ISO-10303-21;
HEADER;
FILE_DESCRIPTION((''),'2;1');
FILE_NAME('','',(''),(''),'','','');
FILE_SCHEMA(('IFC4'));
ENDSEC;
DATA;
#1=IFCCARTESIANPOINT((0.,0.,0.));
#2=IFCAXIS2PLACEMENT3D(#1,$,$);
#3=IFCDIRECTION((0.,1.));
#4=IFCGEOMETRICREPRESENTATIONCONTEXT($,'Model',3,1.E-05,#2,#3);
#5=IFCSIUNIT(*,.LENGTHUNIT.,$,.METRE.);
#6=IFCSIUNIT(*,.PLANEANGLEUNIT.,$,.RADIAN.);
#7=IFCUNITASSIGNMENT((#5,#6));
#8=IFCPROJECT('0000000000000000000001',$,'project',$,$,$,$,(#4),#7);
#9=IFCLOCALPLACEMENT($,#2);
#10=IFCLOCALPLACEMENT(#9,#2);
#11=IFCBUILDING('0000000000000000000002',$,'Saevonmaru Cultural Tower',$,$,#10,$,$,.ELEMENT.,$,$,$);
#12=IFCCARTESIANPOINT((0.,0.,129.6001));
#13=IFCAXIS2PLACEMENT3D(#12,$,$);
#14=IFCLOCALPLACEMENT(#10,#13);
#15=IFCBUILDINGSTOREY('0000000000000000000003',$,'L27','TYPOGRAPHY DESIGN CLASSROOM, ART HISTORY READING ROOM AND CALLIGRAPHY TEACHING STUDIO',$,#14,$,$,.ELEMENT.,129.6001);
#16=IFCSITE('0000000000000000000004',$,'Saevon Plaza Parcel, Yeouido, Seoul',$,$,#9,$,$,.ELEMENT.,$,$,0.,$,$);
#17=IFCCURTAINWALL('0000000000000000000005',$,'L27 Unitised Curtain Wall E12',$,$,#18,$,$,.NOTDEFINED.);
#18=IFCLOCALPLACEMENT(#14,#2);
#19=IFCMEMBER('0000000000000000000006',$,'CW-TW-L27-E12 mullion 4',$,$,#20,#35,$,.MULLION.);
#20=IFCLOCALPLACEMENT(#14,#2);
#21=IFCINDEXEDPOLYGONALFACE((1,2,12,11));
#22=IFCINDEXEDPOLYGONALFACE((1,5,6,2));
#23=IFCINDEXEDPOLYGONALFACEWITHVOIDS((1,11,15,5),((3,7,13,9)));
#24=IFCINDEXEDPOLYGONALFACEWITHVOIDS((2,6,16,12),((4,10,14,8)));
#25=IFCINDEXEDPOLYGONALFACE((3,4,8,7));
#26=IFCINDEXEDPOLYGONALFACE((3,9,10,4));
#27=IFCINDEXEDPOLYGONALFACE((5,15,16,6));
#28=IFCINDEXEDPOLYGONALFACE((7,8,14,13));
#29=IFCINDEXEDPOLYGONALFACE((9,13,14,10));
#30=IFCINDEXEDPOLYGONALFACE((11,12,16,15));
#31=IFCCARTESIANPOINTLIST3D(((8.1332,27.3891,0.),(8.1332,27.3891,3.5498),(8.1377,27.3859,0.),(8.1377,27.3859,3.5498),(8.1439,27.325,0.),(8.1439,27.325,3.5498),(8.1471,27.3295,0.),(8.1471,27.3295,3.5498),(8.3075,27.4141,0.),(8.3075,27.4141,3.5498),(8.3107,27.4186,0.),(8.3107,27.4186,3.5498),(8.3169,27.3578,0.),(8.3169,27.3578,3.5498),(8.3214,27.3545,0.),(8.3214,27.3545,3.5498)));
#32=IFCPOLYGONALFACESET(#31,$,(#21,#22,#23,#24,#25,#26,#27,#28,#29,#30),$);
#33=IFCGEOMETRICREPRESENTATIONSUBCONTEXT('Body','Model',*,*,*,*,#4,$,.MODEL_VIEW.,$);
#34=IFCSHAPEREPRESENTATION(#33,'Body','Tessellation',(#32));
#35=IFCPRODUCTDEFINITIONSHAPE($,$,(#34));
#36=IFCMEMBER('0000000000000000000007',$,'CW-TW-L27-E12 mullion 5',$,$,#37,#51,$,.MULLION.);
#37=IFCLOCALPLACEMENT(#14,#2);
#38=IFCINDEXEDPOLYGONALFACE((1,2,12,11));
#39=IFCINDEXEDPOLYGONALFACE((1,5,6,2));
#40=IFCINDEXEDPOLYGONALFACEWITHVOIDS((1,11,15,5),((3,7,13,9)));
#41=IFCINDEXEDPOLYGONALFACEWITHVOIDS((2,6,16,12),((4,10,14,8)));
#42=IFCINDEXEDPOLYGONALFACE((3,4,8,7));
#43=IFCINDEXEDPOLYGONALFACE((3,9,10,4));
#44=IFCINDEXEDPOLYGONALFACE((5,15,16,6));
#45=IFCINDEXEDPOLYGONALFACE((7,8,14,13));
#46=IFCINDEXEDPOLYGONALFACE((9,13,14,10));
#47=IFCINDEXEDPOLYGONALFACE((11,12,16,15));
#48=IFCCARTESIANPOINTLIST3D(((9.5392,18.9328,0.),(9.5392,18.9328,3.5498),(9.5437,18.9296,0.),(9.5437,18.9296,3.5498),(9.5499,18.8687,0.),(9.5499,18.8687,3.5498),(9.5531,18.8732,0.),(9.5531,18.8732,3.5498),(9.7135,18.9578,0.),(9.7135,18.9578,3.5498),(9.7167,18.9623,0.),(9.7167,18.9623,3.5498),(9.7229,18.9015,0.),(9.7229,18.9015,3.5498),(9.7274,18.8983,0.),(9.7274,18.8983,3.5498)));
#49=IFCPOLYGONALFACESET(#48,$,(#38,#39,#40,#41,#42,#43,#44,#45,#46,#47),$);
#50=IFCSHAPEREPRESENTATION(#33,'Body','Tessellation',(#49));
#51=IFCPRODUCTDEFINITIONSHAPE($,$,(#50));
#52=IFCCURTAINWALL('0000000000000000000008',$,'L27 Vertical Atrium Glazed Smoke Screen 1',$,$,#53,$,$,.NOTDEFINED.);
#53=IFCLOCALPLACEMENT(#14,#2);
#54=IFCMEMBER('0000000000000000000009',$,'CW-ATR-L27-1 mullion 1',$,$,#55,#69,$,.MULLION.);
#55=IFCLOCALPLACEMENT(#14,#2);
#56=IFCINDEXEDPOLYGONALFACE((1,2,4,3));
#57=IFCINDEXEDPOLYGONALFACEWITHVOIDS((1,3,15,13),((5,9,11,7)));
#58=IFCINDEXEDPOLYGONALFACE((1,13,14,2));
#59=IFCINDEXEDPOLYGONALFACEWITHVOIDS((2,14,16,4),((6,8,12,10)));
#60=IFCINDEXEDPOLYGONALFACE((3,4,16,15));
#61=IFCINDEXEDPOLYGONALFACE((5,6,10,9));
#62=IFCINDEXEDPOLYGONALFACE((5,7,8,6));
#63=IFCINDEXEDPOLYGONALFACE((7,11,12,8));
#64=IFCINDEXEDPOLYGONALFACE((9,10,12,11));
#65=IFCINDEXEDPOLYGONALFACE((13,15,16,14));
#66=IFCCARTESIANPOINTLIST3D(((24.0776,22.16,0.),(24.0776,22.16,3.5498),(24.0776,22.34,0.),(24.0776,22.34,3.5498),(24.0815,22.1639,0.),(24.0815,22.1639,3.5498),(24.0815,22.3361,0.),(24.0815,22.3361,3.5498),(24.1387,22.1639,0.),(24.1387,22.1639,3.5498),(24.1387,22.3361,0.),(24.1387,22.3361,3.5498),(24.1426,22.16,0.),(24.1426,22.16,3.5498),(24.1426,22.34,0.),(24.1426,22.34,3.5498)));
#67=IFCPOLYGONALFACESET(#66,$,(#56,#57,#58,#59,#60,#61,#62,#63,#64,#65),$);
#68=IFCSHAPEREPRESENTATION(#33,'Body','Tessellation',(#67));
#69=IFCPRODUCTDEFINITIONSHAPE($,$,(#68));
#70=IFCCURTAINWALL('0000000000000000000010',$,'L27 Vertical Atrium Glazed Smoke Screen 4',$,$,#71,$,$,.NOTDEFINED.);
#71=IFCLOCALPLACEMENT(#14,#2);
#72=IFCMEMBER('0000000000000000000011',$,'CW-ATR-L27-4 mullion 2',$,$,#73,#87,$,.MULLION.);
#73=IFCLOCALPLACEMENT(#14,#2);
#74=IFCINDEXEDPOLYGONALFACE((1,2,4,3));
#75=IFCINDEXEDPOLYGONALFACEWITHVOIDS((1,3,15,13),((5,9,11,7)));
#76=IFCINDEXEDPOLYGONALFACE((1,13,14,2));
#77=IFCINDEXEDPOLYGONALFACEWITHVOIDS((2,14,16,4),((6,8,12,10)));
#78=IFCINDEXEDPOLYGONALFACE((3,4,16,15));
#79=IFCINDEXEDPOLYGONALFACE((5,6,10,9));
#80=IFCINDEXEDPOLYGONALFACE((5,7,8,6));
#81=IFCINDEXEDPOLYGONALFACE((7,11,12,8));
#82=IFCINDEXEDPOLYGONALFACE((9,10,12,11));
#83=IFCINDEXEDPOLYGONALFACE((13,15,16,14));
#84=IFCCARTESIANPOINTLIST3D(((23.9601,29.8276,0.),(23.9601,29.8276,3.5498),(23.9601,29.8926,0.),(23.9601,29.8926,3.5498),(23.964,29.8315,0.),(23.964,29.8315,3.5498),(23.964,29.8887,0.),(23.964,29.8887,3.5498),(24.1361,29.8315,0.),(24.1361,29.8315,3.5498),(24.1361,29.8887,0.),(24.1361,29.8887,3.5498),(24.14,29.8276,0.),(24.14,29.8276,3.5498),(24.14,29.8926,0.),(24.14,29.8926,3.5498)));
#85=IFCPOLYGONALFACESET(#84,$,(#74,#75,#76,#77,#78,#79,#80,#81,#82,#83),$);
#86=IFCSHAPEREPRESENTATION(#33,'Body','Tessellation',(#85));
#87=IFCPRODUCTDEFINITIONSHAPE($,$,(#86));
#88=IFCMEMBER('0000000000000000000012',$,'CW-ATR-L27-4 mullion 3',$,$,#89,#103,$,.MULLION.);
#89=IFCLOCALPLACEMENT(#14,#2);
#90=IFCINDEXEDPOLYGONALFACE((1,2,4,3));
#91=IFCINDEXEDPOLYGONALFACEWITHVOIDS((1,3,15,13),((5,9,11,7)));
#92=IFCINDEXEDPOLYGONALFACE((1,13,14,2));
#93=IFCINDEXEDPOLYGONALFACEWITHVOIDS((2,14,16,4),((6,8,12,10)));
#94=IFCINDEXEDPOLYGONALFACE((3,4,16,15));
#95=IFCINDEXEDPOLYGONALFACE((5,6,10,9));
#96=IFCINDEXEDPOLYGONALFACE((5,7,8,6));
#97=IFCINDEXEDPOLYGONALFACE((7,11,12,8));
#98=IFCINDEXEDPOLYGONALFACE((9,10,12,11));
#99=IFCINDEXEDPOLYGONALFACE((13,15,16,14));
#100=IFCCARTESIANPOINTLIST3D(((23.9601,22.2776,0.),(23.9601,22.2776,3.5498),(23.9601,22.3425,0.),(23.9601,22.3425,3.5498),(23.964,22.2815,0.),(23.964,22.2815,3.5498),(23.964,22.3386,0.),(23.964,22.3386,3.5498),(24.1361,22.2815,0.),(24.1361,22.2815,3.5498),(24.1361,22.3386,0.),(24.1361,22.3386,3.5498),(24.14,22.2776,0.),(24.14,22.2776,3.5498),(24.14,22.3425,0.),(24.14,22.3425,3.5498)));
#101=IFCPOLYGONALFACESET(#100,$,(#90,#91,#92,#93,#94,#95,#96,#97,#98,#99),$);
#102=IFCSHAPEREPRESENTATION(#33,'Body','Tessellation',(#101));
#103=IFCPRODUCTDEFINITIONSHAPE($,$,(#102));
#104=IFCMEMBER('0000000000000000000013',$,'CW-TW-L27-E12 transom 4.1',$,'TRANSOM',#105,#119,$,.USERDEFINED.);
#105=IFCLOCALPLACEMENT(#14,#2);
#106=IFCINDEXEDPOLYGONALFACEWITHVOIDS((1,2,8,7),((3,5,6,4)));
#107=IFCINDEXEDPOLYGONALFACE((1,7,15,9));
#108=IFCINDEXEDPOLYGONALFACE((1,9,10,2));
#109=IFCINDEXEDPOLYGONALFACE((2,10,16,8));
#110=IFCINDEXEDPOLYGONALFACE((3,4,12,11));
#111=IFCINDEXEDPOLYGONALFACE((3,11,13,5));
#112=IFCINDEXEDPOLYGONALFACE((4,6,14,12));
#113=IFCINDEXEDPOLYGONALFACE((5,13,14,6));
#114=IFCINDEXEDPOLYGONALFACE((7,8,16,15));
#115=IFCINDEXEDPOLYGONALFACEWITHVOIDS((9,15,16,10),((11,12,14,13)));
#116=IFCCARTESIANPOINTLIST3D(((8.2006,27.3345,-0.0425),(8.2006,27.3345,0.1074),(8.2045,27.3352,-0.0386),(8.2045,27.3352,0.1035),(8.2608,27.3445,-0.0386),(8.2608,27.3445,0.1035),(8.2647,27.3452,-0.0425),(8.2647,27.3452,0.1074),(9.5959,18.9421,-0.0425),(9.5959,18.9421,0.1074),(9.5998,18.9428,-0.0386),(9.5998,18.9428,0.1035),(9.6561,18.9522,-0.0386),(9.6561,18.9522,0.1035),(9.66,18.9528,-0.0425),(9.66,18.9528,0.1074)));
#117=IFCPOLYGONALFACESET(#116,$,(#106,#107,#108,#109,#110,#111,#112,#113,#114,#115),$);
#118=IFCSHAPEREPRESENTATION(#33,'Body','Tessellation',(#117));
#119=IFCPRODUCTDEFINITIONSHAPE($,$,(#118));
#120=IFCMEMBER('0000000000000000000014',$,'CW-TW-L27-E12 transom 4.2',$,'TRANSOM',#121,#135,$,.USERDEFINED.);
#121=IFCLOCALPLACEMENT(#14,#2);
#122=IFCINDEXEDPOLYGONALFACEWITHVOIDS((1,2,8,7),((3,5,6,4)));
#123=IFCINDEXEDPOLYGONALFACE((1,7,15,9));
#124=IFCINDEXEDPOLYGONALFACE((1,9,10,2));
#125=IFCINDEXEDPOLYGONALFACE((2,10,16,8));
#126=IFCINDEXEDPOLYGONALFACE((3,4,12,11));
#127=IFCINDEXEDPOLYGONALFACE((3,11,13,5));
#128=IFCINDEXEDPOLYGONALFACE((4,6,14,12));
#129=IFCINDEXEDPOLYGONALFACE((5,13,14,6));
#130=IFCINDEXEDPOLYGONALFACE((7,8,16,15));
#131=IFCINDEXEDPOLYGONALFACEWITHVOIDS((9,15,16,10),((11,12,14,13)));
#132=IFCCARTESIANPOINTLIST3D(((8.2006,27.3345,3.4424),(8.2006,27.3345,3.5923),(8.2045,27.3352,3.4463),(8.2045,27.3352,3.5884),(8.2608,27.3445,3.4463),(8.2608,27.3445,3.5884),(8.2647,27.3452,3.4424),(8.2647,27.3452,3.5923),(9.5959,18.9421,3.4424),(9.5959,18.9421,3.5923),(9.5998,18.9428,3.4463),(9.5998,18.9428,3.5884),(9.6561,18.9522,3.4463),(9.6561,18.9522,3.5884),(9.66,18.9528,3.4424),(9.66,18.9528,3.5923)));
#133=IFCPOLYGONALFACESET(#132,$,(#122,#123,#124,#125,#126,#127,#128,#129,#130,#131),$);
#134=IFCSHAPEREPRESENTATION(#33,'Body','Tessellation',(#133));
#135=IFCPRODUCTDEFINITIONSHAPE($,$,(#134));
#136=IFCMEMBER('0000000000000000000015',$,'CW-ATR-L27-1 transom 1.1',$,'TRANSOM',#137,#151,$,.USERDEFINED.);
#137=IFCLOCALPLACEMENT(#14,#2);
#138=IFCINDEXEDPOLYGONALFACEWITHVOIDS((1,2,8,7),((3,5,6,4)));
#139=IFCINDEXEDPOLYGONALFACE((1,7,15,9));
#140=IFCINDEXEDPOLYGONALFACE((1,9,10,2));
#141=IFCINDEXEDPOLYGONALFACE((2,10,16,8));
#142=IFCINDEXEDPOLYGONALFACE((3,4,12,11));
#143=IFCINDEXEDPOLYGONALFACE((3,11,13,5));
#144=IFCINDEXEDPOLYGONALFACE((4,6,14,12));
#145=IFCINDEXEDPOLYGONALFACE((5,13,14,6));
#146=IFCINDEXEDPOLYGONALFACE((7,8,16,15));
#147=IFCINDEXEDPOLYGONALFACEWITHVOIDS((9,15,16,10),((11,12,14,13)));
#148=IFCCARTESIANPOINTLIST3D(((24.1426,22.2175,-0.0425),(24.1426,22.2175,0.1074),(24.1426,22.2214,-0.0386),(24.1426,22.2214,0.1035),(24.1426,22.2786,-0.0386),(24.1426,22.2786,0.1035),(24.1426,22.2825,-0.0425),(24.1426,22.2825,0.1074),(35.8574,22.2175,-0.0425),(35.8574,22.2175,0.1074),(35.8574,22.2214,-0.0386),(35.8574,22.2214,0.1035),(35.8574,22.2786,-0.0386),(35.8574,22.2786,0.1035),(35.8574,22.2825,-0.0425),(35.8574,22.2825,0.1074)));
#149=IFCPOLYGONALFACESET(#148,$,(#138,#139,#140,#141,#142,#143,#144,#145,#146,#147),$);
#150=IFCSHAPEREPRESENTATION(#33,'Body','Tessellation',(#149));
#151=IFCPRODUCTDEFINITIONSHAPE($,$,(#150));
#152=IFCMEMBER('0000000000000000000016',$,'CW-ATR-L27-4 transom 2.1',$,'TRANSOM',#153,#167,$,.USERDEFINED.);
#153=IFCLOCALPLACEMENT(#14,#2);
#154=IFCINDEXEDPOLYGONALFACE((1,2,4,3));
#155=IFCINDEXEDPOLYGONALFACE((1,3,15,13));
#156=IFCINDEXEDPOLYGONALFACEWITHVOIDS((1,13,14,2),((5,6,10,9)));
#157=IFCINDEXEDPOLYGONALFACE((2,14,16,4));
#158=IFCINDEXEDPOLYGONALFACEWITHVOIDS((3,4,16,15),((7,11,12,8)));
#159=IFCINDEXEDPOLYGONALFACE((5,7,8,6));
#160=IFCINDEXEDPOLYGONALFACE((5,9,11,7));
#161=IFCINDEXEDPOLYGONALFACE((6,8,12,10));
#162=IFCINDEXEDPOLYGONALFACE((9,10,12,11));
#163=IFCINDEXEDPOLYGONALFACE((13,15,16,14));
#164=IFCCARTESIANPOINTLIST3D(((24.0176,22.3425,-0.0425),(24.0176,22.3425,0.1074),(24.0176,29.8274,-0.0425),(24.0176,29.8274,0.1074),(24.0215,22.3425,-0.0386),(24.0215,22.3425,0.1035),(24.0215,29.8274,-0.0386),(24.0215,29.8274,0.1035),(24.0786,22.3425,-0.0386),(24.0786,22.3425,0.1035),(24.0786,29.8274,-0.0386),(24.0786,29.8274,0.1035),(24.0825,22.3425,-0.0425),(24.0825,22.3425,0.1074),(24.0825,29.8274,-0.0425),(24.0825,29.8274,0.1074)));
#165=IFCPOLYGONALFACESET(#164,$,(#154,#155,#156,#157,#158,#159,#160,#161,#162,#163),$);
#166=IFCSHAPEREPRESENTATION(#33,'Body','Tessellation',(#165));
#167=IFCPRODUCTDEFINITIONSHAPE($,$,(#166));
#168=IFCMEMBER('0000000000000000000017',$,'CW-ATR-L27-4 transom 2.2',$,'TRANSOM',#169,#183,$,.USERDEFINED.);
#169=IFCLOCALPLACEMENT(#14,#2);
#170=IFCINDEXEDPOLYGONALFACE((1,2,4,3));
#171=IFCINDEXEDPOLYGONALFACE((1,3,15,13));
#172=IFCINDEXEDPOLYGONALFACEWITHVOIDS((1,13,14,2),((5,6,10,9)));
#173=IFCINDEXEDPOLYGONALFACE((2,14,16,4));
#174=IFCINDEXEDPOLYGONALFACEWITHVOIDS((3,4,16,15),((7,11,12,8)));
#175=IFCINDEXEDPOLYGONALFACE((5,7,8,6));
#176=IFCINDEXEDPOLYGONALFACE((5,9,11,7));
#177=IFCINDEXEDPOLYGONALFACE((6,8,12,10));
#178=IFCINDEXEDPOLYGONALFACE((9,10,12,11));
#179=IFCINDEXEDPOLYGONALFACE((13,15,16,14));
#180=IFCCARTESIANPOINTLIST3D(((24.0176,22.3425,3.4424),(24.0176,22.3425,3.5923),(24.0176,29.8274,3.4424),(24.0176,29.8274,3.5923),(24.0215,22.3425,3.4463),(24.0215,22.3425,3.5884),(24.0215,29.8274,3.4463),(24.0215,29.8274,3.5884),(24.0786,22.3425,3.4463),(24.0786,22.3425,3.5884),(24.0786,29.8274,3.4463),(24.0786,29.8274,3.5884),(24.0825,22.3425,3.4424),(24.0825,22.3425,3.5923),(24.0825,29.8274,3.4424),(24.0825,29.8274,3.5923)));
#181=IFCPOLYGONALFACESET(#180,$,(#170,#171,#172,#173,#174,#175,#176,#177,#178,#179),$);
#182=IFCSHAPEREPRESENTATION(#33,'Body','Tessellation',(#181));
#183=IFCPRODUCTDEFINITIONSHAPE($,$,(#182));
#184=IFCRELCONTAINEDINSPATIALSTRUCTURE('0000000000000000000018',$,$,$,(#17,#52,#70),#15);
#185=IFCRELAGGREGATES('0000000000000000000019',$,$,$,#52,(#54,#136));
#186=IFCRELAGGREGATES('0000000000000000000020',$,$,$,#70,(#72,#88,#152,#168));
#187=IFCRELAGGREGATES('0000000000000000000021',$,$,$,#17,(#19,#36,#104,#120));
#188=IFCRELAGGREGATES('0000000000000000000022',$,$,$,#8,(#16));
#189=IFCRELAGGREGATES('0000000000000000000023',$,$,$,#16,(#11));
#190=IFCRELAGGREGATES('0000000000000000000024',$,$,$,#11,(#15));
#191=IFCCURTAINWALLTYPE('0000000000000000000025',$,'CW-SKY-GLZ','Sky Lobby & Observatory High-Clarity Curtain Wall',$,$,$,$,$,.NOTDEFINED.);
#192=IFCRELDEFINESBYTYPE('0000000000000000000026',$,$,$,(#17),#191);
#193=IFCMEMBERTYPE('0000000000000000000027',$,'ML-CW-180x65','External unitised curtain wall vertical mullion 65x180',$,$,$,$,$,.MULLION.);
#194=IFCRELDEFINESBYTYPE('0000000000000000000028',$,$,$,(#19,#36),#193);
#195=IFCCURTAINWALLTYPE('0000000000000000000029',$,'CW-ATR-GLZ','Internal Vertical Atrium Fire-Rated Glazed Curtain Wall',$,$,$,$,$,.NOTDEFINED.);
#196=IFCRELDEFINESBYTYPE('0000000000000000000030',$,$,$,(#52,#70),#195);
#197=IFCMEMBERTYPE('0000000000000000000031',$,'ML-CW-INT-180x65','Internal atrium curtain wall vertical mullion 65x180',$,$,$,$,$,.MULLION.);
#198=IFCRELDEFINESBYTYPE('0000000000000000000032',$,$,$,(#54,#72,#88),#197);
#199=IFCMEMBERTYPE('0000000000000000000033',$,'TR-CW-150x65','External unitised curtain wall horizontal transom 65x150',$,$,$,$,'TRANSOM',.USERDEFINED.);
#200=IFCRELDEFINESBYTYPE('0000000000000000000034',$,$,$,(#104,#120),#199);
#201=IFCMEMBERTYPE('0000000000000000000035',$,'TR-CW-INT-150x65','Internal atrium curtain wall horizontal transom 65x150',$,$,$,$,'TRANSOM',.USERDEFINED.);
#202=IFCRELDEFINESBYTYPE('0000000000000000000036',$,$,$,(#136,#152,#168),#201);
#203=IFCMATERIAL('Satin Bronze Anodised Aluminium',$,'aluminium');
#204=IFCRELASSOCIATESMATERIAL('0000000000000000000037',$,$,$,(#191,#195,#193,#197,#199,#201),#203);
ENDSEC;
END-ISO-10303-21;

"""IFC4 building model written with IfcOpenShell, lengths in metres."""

from ifc_helpers import new_model, si_unit, direction, frame, origin, origin_2d, place, context, subcontext, project, spatial, hollow_rectangle, extrude, material, material_profile, profile_set, type_object, element, aggregate, save


model = new_model("IFC4")

# Units and contexts
model_context = context("Model", 3, precision=1e-05, world=origin(), true_north=direction((0.0, 1.0)))
body_context = subcontext(model_context, "Body", "Model", "MODEL_VIEW")
ifc_project = project(units=[si_unit("LENGTHUNIT", "METRE"), si_unit("PLANEANGLEUNIT", "RADIAN")], contexts=[model_context])

# Site, building, storey
site_placement = place(None, origin())
site = spatial("IfcSite", under=ifc_project, at=site_placement, Name="Saevon Plaza Parcel, Yeouido, Seoul", CompositionType="ELEMENT", RefElevation=0.0)
building_placement = place(site_placement, origin())
building = spatial("IfcBuilding", under=site, at=building_placement, Name="Saevonmaru Cultural Tower", CompositionType="ELEMENT")
storey_placement = place(building_placement, frame((0.0, 0.0, 129.6001)))
storey = spatial("IfcBuildingStorey", under=building, at=storey_placement, Name="L27", Description="TYPOGRAPHY DESIGN CLASSROOM, ART HISTORY READING ROOM AND CALLIGRAPHY TEACHING STUDIO", CompositionType="ELEMENT", Elevation=129.6001)

# Curtain wall, members
ifc_material_1 = material(Name="Satin Bronze Anodised Aluminium", Category="aluminium")
curtain_wall_type_1 = type_object("IfcCurtainWallType", Name="CW-SKY-GLZ", Description="Sky Lobby & Observatory High-Clarity Curtain Wall", PredefinedType="NOTDEFINED", material=ifc_material_1)
curtain_wall_1_placement = place(storey_placement, origin())
curtain_wall_1 = element("IfcCurtainWall", 1, at=curtain_wall_1_placement, inside=storey, type_object=curtain_wall_type_1, Name="L27 Unitised Curtain Wall E12", PredefinedType="NOTDEFINED")
ifc_material_profile_1 = material_profile(ifc_material_1, hollow_rectangle(XDim=0.0649, YDim=0.1799, WallThickness=0.0039, at=origin_2d()), Name="ALU-MULL-180x65x4")
ifc_profile_set_1 = profile_set([ifc_material_profile_1], Name="Satin Bronze Anodised Aluminium")
member_type_1 = type_object("IfcMemberType", Name="ML-CW-180x65", Description="External unitised curtain wall vertical mullion 65x180", PredefinedType="MULLION", material=ifc_profile_set_1)
member_1_placement = place(storey_placement, frame((8.2273, 27.3718, 0.0), z_axis=(0.0, 0.0, 1.0), x_axis=(0.163999, -0.986461, 0.0)))
member_1 = element("IfcMember", 2, at=member_1_placement, type_object=member_type_1, Name="CW-TW-L27-E12 mullion 4", PredefinedType="MULLION", context=body_context, shape_type="SweptSolid", body=[
    extrude(hollow_rectangle(XDim=0.0649, YDim=0.1799, WallThickness=0.0039, at=origin_2d()), origin(), (0.0, 0.0, 1.0), 3.5498),
])
member_2_placement = place(storey_placement, frame((9.6333, 18.9155, 0.0), z_axis=(0.0, 0.0, 1.0), x_axis=(0.163999, -0.986461, 0.0)))
member_2 = element("IfcMember", 3, at=member_2_placement, type_object=member_type_1, Name="CW-TW-L27-E12 mullion 5", PredefinedType="MULLION", context=body_context, shape_type="SweptSolid", body=[
    extrude(hollow_rectangle(XDim=0.0649, YDim=0.1799, WallThickness=0.0039, at=origin_2d()), origin(), (0.0, 0.0, 1.0), 3.5498),
])

# Curtain wall, member
curtain_wall_type_2 = type_object("IfcCurtainWallType", Name="CW-ATR-GLZ", Description="Internal Vertical Atrium Fire-Rated Glazed Curtain Wall", PredefinedType="NOTDEFINED", material=ifc_material_1)
curtain_wall_2_placement = place(storey_placement, origin())
curtain_wall_2 = element("IfcCurtainWall", 4, at=curtain_wall_2_placement, inside=storey, type_object=curtain_wall_type_2, Name="L27 Vertical Atrium Glazed Smoke Screen 1", PredefinedType="NOTDEFINED")
ifc_material_profile_2 = material_profile(ifc_material_1, hollow_rectangle(XDim=0.0649, YDim=0.1799, WallThickness=0.0039, at=origin_2d()), Name="ALU-MULL-180x65x4")
ifc_profile_set_2 = profile_set([ifc_material_profile_2], Name="Satin Bronze Anodised Aluminium")
member_type_2 = type_object("IfcMemberType", Name="ML-CW-INT-180x65", Description="Internal atrium curtain wall vertical mullion 65x180", PredefinedType="MULLION", material=ifc_profile_set_2)
member_3_placement = place(storey_placement, frame((24.1101, 22.25, 0.0), z_axis=(0.0, 0.0, 1.0), x_axis=(1.0, 0.0, 0.0)))
member_3 = element("IfcMember", 5, at=member_3_placement, type_object=member_type_2, Name="CW-ATR-L27-1 mullion 1", PredefinedType="MULLION", context=body_context, shape_type="SweptSolid", body=[
    extrude(hollow_rectangle(XDim=0.0649, YDim=0.1799, WallThickness=0.0039, at=origin_2d()), origin(), (0.0, 0.0, 1.0), 3.5498),
])

# Curtain wall, members
curtain_wall_3_placement = place(storey_placement, origin())
curtain_wall_3 = element("IfcCurtainWall", 6, at=curtain_wall_3_placement, inside=storey, type_object=curtain_wall_type_2, Name="L27 Vertical Atrium Glazed Smoke Screen 4", PredefinedType="NOTDEFINED")
member_4_placement = place(storey_placement, frame((24.05, 29.8601, 0.0), z_axis=(0.0, 0.0, 1.0), x_axis=(0.0, -1.0, 0.0)))
member_4 = element("IfcMember", 7, at=member_4_placement, type_object=member_type_2, Name="CW-ATR-L27-4 mullion 2", PredefinedType="MULLION", context=body_context, shape_type="SweptSolid", body=[
    extrude(hollow_rectangle(XDim=0.0649, YDim=0.1799, WallThickness=0.0039, at=origin_2d()), origin(), (0.0, 0.0, 1.0), 3.5498),
])
member_5_placement = place(storey_placement, frame((24.05, 22.3101, 0.0), z_axis=(0.0, 0.0, 1.0), x_axis=(0.0, -1.0, 0.0)))
member_5 = element("IfcMember", 8, at=member_5_placement, type_object=member_type_2, Name="CW-ATR-L27-4 mullion 3", PredefinedType="MULLION", context=body_context, shape_type="SweptSolid", body=[
    extrude(hollow_rectangle(XDim=0.0649, YDim=0.1799, WallThickness=0.0039, at=origin_2d()), origin(), (0.0, 0.0, 1.0), 3.5498),
])

# Members
ifc_material_profile_3 = material_profile(ifc_material_1, hollow_rectangle(XDim=0.0649, YDim=0.1499, WallThickness=0.0039, at=origin_2d()), Name="ALU-TRAN-150x65x4")
ifc_profile_set_3 = profile_set([ifc_material_profile_3], Name="Satin Bronze Anodised Aluminium")
member_type_3 = type_object("IfcMemberType", Name="TR-CW-150x65", Description="External unitised curtain wall horizontal transom 65x150", ElementType="TRANSOM", PredefinedType="USERDEFINED", material=ifc_profile_set_3)
member_6_placement = place(storey_placement, frame((8.2327, 27.3398, 0.0325), z_axis=(0.164003, -0.98646, 0.0), x_axis=(0.98646, 0.164003, 0.0)))
member_6 = element("IfcMember", 9, at=member_6_placement, type_object=member_type_3, Name="CW-TW-L27-E12 transom 4.1", ObjectType="TRANSOM", PredefinedType="USERDEFINED", context=body_context, shape_type="SweptSolid", body=[
    extrude(hollow_rectangle(XDim=0.0649, YDim=0.1499, WallThickness=0.0039, at=origin_2d()), origin(), (0.0, 0.0, 1.0), 8.5076),
])
member_7_placement = place(storey_placement, frame((8.2327, 27.3398, 3.5173), z_axis=(0.164003, -0.98646, 0.0), x_axis=(0.98646, 0.164003, 0.0)))
member_7 = element("IfcMember", 10, at=member_7_placement, type_object=member_type_3, Name="CW-TW-L27-E12 transom 4.2", ObjectType="TRANSOM", PredefinedType="USERDEFINED", context=body_context, shape_type="SweptSolid", body=[
    extrude(hollow_rectangle(XDim=0.0649, YDim=0.1499, WallThickness=0.0039, at=origin_2d()), origin(), (0.0, 0.0, 1.0), 8.5076),
])
ifc_material_profile_4 = material_profile(ifc_material_1, hollow_rectangle(XDim=0.0649, YDim=0.1499, WallThickness=0.0039, at=origin_2d()), Name="ALU-TRAN-150x65x4")
ifc_profile_set_4 = profile_set([ifc_material_profile_4], Name="Satin Bronze Anodised Aluminium")
member_type_4 = type_object("IfcMemberType", Name="TR-CW-INT-150x65", Description="Internal atrium curtain wall horizontal transom 65x150", ElementType="TRANSOM", PredefinedType="USERDEFINED", material=ifc_profile_set_4)
member_8_placement = place(storey_placement, frame((24.1426, 22.25, 0.0325), z_axis=(1.0, 0.0, 0.0), x_axis=(0.0, 1.0, 0.0)))
member_8 = element("IfcMember", 11, at=member_8_placement, type_object=member_type_4, Name="CW-ATR-L27-1 transom 1.1", ObjectType="TRANSOM", PredefinedType="USERDEFINED", context=body_context, shape_type="SweptSolid", body=[
    extrude(hollow_rectangle(XDim=0.0649, YDim=0.1499, WallThickness=0.0039, at=origin_2d()), origin(), (0.0, 0.0, 1.0), 11.7148),
])
aggregate(curtain_wall_2, [member_3, member_8])
member_9_placement = place(storey_placement, frame((24.05, 29.8274, 0.0325), z_axis=(0.0, -1.0, 0.0), x_axis=(1.0, 0.0, 0.0)))
member_9 = element("IfcMember", 12, at=member_9_placement, type_object=member_type_4, Name="CW-ATR-L27-4 transom 2.1", ObjectType="TRANSOM", PredefinedType="USERDEFINED", context=body_context, shape_type="SweptSolid", body=[
    extrude(hollow_rectangle(XDim=0.0649, YDim=0.1499, WallThickness=0.0039, at=origin_2d()), origin(), (0.0, 0.0, 1.0), 7.4849),
])
member_10_placement = place(storey_placement, frame((24.05, 29.8274, 3.5173), z_axis=(0.0, -1.0, 0.0), x_axis=(1.0, 0.0, 0.0)))
member_10 = element("IfcMember", 13, at=member_10_placement, type_object=member_type_4, Name="CW-ATR-L27-4 transom 2.2", ObjectType="TRANSOM", PredefinedType="USERDEFINED", context=body_context, shape_type="SweptSolid", body=[
    extrude(hollow_rectangle(XDim=0.0649, YDim=0.1499, WallThickness=0.0039, at=origin_2d()), origin(), (0.0, 0.0, 1.0), 7.4849),
])

aggregate(curtain_wall_3, [member_4, member_5, member_9, member_10])
aggregate(curtain_wall_1, [member_1, member_2, member_6, member_7])

save(model, "model.ifc")
